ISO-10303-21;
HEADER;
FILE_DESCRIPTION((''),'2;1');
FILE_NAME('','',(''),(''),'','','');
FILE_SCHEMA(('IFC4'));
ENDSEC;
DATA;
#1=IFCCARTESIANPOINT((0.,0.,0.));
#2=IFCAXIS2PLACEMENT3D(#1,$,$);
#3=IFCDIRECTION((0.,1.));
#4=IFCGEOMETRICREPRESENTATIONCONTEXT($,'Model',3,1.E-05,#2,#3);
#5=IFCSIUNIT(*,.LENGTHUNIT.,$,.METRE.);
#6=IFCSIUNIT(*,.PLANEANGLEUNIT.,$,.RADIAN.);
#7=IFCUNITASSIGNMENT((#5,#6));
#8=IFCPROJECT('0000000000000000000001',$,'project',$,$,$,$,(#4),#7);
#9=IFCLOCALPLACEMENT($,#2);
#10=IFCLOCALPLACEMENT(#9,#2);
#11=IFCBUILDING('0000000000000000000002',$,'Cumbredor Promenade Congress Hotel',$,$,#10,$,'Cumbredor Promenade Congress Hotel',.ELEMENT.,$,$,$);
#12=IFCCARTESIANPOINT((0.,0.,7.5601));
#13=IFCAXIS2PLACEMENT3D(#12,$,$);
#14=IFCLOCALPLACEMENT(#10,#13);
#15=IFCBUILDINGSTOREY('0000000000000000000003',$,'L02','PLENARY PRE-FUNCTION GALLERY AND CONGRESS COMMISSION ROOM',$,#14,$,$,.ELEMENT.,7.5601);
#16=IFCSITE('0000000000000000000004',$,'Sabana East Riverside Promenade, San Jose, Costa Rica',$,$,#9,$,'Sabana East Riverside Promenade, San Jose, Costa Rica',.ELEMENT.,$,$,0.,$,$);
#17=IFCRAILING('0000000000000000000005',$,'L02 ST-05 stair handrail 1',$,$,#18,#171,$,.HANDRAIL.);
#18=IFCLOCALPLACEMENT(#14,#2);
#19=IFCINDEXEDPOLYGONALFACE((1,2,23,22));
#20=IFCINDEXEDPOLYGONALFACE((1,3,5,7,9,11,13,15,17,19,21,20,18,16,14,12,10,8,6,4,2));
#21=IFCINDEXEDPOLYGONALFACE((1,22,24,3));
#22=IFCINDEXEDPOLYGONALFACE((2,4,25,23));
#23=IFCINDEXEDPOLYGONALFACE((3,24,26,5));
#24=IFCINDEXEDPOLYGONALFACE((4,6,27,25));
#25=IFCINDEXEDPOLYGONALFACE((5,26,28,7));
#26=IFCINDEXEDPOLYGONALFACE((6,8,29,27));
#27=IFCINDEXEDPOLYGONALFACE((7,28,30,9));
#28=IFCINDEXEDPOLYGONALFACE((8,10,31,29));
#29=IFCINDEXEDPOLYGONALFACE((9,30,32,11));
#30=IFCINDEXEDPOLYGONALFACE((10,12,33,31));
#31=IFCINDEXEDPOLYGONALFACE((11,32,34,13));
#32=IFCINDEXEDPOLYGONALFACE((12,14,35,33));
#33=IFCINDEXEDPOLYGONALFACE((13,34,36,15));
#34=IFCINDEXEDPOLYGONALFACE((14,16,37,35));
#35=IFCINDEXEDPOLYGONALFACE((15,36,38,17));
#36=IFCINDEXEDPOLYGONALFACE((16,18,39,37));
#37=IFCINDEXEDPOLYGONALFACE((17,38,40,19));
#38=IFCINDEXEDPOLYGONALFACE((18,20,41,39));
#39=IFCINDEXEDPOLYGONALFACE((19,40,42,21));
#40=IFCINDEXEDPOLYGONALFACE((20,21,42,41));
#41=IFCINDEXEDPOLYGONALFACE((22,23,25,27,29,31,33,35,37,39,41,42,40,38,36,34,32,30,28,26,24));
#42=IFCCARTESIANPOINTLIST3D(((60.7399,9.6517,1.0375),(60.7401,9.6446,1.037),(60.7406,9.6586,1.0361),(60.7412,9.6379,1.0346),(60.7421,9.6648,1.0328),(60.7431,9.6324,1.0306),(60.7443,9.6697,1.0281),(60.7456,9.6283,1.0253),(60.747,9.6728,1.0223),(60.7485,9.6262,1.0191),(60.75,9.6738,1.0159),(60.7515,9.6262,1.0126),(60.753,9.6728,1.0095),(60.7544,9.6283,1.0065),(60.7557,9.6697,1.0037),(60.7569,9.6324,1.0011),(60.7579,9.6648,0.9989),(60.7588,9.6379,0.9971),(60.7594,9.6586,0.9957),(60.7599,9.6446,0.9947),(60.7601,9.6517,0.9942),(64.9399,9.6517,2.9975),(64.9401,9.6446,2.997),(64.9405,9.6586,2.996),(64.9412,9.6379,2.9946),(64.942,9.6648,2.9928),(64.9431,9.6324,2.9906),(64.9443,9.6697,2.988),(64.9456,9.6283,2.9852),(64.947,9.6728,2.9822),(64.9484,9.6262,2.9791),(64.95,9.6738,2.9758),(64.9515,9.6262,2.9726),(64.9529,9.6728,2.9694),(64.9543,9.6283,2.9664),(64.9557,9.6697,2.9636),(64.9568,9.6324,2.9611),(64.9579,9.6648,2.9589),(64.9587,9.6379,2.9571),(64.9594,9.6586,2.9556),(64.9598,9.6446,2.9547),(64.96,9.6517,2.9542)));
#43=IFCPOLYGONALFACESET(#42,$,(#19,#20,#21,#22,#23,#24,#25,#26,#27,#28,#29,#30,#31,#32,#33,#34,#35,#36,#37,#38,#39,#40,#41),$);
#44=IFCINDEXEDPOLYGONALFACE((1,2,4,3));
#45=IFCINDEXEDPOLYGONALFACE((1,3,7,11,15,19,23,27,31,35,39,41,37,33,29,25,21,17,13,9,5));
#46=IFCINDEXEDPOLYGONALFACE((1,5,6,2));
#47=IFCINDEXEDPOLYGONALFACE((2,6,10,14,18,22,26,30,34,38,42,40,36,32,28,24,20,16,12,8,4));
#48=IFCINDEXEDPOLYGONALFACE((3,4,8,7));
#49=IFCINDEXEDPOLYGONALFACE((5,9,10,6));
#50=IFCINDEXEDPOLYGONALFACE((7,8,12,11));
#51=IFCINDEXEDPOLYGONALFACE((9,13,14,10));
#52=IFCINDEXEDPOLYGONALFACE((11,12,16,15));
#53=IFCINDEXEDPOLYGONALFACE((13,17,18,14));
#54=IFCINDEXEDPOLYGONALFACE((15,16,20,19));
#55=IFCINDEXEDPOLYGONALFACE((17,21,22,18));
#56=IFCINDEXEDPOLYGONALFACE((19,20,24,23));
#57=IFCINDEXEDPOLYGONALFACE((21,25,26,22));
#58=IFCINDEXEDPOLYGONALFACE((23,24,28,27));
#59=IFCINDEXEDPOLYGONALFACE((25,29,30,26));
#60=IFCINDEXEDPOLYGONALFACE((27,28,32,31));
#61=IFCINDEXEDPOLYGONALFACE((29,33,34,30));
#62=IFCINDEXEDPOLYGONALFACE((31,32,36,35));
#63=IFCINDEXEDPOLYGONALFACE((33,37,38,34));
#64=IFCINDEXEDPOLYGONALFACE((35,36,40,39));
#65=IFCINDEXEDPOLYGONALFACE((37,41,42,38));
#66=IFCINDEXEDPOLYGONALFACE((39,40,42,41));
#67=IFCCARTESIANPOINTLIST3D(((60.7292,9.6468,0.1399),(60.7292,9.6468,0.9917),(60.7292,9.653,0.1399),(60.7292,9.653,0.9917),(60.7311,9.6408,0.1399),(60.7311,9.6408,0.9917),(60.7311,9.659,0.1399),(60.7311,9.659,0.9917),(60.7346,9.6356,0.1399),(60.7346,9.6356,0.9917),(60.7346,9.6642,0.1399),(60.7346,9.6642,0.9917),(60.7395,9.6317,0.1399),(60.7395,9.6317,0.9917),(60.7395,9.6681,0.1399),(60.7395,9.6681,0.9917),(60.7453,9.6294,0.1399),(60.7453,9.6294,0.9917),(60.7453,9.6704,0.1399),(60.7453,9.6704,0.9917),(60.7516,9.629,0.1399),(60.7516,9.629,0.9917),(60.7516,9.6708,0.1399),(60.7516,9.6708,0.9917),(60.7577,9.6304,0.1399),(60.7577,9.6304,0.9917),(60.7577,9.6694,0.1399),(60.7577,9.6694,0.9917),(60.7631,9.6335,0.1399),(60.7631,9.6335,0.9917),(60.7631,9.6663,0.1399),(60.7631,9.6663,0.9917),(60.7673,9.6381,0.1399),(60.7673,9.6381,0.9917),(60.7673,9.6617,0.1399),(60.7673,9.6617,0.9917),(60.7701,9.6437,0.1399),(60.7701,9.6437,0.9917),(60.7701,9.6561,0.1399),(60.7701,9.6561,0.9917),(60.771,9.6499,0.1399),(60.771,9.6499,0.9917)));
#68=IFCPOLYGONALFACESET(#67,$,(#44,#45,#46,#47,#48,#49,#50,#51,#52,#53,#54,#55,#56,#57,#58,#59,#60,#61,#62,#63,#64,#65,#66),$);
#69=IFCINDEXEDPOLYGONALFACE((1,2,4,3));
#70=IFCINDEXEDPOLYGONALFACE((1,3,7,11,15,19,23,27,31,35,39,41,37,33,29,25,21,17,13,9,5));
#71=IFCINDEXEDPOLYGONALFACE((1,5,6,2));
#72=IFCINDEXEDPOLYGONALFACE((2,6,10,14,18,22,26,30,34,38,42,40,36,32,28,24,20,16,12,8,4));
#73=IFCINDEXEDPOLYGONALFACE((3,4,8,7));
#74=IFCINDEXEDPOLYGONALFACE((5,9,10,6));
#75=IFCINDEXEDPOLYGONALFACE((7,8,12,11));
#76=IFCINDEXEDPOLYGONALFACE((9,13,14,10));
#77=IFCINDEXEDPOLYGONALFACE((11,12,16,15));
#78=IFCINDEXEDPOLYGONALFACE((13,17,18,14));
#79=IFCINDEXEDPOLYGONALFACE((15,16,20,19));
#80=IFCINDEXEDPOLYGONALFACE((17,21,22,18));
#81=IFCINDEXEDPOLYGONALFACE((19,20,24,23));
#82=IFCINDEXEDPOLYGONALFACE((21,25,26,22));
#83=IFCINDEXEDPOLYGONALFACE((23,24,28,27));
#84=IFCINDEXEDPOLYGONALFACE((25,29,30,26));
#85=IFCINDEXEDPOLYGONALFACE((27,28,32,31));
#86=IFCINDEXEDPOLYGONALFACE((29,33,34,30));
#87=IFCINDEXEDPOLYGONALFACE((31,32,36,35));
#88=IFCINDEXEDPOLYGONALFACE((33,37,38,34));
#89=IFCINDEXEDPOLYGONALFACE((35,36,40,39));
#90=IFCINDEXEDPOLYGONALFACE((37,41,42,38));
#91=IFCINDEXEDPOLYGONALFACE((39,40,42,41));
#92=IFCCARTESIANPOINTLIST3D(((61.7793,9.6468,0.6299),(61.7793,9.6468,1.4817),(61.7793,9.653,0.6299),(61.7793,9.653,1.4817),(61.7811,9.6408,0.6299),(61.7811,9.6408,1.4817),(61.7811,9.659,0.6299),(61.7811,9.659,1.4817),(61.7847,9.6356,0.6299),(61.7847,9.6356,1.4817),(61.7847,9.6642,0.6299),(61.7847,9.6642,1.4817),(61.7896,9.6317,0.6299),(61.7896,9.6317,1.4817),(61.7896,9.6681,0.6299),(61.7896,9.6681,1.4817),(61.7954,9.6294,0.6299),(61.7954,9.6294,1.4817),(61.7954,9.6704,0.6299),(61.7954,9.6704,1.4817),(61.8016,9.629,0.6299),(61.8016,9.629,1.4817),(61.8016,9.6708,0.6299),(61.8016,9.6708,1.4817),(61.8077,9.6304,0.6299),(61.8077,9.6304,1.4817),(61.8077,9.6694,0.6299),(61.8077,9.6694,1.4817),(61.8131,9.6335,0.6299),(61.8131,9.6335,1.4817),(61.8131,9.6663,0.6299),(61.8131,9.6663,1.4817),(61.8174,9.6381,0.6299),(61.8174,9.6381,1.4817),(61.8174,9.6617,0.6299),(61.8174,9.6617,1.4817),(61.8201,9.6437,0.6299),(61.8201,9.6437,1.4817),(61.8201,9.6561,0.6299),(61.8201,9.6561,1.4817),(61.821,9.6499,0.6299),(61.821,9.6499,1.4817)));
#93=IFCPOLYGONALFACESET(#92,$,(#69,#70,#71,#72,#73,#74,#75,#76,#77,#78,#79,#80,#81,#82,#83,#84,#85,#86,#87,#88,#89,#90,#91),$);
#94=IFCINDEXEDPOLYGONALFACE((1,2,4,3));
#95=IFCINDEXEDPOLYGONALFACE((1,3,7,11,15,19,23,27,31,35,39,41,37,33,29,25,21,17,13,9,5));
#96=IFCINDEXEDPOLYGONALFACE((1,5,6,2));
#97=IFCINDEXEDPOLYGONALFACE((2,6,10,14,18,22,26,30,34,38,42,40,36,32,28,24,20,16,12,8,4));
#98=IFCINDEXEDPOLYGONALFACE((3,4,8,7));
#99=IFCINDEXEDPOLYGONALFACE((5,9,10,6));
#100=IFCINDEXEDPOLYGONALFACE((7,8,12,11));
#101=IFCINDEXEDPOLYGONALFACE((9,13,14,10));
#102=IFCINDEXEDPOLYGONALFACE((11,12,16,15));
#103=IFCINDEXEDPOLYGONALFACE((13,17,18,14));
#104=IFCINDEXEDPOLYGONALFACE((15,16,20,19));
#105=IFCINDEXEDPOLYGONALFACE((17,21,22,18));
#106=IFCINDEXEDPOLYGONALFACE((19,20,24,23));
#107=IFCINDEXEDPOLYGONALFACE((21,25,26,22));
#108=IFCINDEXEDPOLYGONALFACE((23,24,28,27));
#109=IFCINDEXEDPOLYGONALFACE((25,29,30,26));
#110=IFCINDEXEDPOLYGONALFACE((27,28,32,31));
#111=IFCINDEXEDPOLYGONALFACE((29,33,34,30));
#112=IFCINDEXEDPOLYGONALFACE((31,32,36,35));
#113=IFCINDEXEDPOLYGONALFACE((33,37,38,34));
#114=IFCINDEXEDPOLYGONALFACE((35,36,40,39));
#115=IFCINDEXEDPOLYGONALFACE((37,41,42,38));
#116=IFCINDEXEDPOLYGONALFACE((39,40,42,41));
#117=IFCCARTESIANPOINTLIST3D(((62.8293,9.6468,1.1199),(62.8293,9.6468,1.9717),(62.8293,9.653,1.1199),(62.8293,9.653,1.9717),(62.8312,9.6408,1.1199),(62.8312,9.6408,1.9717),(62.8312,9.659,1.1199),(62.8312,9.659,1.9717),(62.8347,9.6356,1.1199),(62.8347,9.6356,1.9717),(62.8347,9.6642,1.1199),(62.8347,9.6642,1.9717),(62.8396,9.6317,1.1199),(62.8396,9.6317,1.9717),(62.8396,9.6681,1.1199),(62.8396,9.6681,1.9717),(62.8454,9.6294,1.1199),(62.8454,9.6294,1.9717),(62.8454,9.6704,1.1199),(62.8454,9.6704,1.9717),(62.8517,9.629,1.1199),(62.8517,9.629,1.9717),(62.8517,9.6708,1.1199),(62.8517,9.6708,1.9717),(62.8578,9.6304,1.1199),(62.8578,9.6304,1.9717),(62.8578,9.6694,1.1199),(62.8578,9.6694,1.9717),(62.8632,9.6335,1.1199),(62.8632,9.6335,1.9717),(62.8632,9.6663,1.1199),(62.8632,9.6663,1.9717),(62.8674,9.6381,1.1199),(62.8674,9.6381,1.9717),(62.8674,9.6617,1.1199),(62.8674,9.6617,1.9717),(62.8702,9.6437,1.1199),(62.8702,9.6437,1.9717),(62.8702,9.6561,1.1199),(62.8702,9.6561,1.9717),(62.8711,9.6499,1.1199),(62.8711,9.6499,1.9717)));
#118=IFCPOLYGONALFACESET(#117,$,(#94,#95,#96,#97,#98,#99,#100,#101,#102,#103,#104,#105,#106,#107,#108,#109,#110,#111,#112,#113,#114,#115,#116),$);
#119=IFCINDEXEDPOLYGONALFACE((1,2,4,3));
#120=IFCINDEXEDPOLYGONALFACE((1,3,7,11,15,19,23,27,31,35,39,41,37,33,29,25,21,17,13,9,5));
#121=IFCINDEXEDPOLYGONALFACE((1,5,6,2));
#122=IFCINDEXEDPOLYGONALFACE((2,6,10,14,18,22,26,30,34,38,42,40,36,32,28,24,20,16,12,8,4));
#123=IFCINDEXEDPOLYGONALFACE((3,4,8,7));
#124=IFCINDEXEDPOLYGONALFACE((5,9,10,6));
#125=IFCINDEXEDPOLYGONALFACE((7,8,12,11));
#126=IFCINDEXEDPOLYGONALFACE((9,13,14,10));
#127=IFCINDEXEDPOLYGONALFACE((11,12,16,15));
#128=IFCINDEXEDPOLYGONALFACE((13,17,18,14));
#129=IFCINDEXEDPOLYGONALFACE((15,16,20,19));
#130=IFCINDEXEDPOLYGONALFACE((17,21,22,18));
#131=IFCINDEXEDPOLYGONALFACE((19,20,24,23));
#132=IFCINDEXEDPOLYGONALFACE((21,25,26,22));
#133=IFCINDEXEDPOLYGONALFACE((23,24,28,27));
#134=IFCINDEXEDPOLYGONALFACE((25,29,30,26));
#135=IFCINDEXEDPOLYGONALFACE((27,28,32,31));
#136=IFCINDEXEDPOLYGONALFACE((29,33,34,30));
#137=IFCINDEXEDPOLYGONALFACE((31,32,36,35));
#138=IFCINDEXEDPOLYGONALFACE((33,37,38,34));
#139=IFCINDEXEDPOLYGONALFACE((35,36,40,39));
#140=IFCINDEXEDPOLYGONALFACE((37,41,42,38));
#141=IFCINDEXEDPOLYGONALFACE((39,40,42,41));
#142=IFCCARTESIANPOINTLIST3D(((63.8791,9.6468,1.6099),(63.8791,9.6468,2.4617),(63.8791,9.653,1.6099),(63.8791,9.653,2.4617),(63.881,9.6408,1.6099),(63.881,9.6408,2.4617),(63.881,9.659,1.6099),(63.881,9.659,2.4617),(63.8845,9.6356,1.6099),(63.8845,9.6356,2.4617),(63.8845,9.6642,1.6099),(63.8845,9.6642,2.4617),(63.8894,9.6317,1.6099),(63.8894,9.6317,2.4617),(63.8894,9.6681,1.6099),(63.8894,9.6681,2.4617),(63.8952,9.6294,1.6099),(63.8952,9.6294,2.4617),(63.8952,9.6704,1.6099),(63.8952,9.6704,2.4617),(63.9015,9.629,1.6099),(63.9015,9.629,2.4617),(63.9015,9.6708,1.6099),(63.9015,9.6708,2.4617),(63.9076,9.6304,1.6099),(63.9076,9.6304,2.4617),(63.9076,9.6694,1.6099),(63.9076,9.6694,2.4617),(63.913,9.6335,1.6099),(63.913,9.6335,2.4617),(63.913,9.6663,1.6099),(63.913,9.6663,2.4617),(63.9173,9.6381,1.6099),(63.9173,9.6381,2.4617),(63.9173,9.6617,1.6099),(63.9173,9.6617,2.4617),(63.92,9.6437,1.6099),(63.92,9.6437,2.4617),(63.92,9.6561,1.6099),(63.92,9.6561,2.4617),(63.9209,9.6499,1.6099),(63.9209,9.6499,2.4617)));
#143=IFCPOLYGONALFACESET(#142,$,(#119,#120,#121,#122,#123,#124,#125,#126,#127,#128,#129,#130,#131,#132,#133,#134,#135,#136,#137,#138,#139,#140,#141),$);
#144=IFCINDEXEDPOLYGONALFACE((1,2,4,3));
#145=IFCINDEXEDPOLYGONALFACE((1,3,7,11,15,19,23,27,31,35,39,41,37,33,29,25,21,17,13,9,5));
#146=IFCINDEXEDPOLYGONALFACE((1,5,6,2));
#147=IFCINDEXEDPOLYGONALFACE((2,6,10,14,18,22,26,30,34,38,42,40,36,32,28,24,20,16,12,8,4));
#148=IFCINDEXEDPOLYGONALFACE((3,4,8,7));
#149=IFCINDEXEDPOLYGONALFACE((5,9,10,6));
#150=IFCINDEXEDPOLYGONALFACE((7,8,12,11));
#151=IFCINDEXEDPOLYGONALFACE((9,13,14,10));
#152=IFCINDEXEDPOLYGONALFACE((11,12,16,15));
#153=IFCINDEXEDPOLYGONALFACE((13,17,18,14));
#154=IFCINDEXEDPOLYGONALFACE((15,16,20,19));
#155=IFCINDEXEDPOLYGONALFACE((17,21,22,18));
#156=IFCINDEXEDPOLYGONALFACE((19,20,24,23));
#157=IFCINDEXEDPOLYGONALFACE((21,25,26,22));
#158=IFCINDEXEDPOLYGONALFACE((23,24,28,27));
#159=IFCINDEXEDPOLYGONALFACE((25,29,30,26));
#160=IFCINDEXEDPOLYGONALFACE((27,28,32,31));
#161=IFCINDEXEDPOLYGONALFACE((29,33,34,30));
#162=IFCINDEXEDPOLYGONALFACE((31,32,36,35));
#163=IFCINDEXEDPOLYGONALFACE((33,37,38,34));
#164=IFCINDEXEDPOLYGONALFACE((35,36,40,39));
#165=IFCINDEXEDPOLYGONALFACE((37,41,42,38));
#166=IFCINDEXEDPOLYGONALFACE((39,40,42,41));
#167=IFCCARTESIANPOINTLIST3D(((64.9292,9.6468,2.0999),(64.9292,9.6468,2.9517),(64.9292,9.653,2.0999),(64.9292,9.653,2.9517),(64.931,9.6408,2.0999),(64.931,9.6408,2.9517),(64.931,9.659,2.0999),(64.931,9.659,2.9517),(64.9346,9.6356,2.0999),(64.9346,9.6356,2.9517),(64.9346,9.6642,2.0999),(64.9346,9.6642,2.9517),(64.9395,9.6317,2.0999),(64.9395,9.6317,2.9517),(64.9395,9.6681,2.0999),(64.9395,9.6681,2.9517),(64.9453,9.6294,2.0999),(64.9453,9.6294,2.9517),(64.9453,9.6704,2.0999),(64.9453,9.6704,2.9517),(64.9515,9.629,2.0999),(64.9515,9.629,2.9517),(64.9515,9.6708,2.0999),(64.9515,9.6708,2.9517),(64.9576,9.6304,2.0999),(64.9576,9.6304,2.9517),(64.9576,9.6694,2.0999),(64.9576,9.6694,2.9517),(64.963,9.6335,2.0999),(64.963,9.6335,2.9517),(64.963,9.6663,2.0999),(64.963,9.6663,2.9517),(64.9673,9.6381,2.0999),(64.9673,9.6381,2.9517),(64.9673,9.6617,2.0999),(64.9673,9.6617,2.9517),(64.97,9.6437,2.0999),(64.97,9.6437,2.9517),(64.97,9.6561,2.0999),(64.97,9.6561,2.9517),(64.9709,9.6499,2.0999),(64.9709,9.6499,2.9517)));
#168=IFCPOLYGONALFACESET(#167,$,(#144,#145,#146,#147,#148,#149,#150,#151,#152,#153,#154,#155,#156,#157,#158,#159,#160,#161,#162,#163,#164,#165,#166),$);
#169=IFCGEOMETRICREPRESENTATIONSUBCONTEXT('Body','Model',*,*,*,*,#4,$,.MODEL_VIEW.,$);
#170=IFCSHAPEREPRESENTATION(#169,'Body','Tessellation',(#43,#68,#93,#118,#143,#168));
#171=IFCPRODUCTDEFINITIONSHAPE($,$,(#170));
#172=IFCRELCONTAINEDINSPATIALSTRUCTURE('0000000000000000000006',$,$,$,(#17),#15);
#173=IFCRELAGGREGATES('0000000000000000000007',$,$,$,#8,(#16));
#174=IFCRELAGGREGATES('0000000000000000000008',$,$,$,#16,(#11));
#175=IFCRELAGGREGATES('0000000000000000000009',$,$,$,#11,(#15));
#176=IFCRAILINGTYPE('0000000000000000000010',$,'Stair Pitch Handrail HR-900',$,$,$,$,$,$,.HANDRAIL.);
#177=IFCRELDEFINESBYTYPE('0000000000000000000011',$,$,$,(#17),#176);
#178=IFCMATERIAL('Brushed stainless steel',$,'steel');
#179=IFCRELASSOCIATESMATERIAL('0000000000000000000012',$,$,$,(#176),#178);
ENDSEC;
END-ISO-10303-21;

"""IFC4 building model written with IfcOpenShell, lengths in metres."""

from ifc_helpers import new_model, si_unit, direction, frame, origin, origin_2d, place, context, subcontext, project, spatial, circle, extrude, material, type_object, element, save


model = new_model("IFC4")

# Units and contexts
model_context = context("Model", 3, precision=1e-05, world=origin(), true_north=direction((0.0, 1.0)))
body_context = subcontext(model_context, "Body", "Model", "MODEL_VIEW")
ifc_project = project(units=[si_unit("LENGTHUNIT", "METRE"), si_unit("PLANEANGLEUNIT", "RADIAN")], contexts=[model_context])

# Site, building, storey
site_placement = place(None, origin())
site = spatial("IfcSite", under=ifc_project, at=site_placement, Name="Sabana East Riverside Promenade, San Jose, Costa Rica", LongName="Sabana East Riverside Promenade, San Jose, Costa Rica", CompositionType="ELEMENT", RefElevation=0.0)
building_placement = place(site_placement, origin())
building = spatial("IfcBuilding", under=site, at=building_placement, Name="Cumbredor Promenade Congress Hotel", LongName="Cumbredor Promenade Congress Hotel", CompositionType="ELEMENT")
storey_placement = place(building_placement, frame((0.0, 0.0, 7.5601)))
storey = spatial("IfcBuildingStorey", under=building, at=storey_placement, Name="L02", Description="PLENARY PRE-FUNCTION GALLERY AND CONGRESS COMMISSION ROOM", CompositionType="ELEMENT", Elevation=7.5601)

# Railing
ifc_material_1 = material(Name="Brushed stainless steel", Category="steel")
railing_type_1 = type_object("IfcRailingType", Name="Stair Pitch Handrail HR-900", PredefinedType="HANDRAIL", material=ifc_material_1)
railing_1_placement = place(storey_placement, frame((60.75, 9.6499, 0.1399)))
element("IfcRailing", 1, at=railing_1_placement, inside=storey, type_object=railing_type_1, Name="L02 ST-05 stair handrail 1", PredefinedType="HANDRAIL", context=body_context, shape_type="SweptSolid", body=[
    extrude(circle(Radius=0.0239, at=origin_2d()), frame((0.0, 0.0, 0.876), z_axis=(0.906184, 0.0, 0.422883), x_axis=(0.0, 1.0, 0.0)), (0.0, 0.0, 1.0), 4.6348),
    extrude(circle(Radius=0.021, at=origin_2d()), origin(), (0.0, 0.0, 1.0), 0.8518),
    extrude(circle(Radius=0.021, at=origin_2d()), frame((1.05, 0.0, 0.49)), (0.0, 0.0, 1.0), 0.8518),
    extrude(circle(Radius=0.021, at=origin_2d()), frame((2.1001, 0.0, 0.98)), (0.0, 0.0, 1.0), 0.8518),
    extrude(circle(Radius=0.021, at=origin_2d()), frame((3.1499, 0.0, 1.47)), (0.0, 0.0, 1.0), 0.8518),
    extrude(circle(Radius=0.021, at=origin_2d()), frame((4.2, 0.0, 1.96)), (0.0, 0.0, 1.0), 0.8518),
])

save(model, "model.ifc")
